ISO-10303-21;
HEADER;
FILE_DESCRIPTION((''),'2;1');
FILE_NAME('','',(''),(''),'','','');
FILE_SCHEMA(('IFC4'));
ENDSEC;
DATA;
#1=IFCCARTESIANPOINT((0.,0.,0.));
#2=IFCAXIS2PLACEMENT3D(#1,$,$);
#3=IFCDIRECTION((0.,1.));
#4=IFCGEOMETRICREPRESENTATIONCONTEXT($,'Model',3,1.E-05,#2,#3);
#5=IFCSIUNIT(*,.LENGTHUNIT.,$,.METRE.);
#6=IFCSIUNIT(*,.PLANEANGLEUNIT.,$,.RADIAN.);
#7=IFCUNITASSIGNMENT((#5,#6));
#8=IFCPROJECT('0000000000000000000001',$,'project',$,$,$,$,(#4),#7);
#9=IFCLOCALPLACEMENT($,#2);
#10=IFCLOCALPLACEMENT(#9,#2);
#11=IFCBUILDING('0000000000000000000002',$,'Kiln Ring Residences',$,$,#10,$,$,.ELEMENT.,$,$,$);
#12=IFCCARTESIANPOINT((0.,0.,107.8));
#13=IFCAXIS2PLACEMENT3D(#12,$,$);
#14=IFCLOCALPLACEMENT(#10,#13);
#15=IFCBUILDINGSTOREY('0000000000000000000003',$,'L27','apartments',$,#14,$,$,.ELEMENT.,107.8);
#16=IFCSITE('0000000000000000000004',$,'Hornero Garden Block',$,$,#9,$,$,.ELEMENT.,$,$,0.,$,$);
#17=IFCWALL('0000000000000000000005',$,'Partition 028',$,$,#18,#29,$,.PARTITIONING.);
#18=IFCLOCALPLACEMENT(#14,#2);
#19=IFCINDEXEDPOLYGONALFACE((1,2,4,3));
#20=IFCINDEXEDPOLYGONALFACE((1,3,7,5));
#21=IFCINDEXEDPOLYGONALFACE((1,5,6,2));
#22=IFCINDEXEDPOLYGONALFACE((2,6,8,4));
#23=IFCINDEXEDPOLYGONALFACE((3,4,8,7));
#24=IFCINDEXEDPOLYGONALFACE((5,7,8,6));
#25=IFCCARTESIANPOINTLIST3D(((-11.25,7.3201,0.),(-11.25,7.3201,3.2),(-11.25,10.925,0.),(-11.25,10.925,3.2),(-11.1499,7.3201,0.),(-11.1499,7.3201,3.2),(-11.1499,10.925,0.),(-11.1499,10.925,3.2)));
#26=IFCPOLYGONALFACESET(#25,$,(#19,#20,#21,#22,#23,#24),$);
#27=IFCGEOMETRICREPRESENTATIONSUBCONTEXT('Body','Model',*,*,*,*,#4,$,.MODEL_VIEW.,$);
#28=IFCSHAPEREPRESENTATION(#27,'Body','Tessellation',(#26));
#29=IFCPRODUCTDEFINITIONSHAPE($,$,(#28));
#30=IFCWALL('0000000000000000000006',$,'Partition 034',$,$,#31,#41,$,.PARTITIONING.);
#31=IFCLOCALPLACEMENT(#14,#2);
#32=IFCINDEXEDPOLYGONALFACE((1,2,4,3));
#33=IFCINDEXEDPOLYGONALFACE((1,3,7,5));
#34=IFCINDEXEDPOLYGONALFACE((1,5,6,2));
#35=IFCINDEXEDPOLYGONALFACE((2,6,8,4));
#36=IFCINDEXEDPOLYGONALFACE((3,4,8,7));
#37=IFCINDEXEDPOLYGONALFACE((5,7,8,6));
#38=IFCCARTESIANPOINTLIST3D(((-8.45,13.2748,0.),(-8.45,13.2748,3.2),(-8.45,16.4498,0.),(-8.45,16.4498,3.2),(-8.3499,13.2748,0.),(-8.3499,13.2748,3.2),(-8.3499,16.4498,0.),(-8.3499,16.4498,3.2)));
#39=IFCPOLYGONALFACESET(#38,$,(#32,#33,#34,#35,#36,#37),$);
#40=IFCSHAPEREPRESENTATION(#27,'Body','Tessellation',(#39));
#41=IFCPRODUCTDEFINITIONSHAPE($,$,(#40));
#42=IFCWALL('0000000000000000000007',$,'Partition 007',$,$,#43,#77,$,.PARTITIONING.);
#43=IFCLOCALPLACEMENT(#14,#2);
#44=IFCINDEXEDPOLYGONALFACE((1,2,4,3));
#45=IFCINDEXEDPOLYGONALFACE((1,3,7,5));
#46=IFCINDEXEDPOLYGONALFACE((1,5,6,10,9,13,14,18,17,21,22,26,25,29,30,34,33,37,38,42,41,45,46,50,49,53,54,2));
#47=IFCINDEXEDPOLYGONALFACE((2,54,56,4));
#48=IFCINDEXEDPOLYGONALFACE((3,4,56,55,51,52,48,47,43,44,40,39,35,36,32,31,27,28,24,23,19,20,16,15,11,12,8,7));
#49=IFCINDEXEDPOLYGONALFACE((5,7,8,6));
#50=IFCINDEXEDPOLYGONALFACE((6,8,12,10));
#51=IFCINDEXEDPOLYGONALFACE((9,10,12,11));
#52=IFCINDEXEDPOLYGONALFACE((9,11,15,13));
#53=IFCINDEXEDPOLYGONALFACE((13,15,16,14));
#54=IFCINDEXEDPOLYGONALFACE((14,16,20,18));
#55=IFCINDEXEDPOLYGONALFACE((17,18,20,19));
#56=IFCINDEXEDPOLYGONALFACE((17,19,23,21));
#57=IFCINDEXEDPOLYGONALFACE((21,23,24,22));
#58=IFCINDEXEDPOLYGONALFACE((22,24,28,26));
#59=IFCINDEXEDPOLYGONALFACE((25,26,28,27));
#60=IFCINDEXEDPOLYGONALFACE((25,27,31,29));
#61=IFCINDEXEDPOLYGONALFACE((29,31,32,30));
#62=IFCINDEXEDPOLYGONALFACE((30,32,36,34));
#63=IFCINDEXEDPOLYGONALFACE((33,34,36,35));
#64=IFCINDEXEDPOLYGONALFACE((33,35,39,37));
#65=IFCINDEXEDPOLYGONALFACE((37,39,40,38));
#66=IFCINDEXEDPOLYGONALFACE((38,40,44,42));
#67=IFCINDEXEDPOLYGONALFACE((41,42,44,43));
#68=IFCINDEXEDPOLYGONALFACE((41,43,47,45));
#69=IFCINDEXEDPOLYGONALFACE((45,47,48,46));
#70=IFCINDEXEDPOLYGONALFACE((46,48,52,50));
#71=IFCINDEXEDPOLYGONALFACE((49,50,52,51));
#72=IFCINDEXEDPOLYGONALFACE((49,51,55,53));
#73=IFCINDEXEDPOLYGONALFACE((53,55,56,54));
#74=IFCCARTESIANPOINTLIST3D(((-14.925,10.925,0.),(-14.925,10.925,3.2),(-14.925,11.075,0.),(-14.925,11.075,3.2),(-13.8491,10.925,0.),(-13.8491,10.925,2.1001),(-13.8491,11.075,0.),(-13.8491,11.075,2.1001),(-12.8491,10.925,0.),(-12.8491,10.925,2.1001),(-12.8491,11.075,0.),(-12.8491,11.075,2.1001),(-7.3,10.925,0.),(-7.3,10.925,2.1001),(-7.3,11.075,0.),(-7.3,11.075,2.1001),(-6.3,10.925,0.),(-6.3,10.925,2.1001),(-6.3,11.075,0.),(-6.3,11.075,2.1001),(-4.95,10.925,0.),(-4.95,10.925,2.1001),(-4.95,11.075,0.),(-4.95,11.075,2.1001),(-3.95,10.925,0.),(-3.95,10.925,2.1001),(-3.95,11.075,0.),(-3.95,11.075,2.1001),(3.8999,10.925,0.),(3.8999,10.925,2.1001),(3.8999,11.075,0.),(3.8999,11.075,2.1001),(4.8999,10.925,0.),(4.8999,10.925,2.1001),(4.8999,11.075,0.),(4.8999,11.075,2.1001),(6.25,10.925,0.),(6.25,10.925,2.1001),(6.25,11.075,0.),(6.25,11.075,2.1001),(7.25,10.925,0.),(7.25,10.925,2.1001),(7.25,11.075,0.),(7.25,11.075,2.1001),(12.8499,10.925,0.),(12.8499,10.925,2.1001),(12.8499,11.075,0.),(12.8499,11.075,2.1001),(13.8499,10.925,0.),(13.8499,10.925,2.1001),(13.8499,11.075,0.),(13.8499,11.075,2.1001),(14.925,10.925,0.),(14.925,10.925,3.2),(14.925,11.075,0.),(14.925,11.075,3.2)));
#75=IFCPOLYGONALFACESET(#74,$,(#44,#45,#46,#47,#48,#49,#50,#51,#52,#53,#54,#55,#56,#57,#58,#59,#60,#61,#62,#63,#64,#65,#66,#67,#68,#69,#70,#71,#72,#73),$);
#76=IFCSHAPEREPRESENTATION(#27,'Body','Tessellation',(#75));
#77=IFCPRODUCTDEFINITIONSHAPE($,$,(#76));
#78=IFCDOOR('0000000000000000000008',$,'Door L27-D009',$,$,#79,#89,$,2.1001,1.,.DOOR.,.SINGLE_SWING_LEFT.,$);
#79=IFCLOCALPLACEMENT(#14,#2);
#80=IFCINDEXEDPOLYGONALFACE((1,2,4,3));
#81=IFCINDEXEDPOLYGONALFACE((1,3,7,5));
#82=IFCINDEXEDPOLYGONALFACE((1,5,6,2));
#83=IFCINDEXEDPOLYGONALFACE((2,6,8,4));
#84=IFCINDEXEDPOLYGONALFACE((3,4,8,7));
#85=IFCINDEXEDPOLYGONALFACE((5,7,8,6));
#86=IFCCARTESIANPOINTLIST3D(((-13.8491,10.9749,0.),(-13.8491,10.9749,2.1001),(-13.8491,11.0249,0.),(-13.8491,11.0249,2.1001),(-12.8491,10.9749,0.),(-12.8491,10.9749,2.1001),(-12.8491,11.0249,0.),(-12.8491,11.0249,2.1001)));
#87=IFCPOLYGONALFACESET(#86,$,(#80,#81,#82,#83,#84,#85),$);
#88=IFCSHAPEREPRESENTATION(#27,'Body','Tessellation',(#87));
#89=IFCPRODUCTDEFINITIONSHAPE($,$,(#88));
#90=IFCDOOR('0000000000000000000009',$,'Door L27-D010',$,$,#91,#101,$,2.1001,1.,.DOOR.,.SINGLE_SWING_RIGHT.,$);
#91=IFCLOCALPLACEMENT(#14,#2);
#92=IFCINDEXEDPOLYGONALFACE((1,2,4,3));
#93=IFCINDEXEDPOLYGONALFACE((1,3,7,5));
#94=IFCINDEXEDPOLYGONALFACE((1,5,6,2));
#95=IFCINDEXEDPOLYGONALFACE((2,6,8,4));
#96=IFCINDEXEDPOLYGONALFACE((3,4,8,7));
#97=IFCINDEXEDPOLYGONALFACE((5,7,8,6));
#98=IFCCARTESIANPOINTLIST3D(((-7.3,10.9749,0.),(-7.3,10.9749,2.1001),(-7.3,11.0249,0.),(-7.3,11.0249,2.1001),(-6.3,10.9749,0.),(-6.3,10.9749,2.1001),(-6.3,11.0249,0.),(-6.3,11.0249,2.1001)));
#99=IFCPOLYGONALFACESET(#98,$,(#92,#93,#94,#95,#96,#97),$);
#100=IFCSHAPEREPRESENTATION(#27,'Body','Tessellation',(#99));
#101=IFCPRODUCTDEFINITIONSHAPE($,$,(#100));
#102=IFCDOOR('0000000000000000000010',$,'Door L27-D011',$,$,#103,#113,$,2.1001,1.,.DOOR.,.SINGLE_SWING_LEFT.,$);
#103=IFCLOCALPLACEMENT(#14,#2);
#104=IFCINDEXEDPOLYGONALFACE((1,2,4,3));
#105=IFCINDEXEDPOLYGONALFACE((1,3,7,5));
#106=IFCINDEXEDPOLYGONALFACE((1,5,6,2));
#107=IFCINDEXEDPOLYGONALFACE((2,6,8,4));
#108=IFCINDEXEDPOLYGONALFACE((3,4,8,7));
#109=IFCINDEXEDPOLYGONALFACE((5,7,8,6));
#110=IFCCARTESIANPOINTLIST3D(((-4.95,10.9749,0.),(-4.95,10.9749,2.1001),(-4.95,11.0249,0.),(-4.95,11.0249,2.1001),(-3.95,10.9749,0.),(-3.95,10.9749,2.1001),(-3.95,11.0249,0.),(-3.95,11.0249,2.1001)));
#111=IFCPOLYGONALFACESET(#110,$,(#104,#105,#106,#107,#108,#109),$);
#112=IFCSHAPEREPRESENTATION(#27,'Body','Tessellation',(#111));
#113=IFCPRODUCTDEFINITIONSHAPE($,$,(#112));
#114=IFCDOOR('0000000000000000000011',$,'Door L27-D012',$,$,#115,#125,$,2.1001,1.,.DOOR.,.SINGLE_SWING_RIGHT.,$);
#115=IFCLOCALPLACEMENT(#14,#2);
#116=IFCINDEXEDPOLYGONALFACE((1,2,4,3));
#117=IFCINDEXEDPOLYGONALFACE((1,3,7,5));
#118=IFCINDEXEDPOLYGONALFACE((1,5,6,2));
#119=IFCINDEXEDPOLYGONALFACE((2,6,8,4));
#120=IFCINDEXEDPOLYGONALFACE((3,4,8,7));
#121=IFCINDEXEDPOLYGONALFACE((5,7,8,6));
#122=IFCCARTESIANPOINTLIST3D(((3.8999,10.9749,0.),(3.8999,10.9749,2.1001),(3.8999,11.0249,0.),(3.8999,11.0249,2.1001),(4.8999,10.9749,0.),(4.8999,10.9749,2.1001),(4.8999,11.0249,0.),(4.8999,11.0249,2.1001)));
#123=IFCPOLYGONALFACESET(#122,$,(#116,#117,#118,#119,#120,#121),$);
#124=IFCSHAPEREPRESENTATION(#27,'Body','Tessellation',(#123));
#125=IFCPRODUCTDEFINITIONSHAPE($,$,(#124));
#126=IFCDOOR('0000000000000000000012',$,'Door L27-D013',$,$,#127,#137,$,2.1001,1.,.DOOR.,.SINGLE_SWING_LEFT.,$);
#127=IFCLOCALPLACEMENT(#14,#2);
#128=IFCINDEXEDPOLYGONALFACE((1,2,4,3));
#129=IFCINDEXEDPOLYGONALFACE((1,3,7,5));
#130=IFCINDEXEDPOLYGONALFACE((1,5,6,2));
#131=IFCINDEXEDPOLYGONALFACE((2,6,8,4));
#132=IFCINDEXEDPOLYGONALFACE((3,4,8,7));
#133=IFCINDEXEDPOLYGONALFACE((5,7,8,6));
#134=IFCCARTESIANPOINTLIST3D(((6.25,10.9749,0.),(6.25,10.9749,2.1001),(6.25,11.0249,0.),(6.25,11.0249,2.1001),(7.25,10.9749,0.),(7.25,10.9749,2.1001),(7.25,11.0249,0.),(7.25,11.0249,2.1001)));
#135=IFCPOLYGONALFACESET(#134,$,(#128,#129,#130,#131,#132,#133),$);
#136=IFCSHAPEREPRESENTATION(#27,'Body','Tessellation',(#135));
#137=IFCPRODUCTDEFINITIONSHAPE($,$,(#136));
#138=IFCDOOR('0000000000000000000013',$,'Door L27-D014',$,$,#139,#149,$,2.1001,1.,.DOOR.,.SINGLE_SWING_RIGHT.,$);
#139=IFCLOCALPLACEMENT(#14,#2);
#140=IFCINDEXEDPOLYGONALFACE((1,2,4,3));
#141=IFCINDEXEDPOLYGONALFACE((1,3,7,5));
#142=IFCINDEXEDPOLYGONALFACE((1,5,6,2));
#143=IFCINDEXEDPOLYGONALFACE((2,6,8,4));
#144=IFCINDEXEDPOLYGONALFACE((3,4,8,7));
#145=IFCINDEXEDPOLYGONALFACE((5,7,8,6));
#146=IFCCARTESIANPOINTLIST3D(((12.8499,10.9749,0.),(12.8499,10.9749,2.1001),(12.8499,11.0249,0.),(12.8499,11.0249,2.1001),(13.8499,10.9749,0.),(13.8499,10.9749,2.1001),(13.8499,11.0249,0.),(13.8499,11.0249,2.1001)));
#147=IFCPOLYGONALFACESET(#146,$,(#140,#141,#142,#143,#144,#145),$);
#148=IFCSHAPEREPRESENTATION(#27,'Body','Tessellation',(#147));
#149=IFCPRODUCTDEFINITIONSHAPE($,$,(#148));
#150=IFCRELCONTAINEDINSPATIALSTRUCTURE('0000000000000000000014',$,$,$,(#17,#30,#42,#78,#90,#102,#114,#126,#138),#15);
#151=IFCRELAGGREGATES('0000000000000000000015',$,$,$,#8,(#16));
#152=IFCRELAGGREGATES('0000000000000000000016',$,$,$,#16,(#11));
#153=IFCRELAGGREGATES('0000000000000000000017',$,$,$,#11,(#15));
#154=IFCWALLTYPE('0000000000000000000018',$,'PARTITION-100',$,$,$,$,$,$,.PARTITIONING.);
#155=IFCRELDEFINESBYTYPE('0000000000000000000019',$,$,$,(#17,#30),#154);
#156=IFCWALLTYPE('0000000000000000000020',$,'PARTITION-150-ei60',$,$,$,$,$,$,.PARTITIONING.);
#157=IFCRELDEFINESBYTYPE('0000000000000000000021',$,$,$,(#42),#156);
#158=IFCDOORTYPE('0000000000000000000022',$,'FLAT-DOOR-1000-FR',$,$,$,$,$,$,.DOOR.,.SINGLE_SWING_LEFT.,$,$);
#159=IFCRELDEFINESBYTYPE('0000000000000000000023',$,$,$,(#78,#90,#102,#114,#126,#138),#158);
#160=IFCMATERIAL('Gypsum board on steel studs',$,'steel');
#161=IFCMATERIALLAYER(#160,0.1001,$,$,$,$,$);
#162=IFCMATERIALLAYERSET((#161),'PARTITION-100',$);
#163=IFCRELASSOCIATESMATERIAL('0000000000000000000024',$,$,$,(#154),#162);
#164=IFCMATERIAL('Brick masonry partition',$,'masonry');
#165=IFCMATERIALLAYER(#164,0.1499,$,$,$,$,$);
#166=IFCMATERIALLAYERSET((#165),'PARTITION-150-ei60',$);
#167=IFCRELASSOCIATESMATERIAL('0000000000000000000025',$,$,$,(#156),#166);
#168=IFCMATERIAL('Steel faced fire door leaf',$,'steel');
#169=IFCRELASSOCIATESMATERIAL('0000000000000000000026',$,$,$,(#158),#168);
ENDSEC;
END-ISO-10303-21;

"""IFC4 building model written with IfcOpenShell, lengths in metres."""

from ifc_helpers import new_model, si_unit, direction, frame, frame_2d, origin, place, context, subcontext, project, spatial, rectangle, extrude, material, layer, layer_set, type_object, element, fill, save


model = new_model("IFC4")

# Units and contexts
model_context = context("Model", 3, precision=1e-05, world=origin(), true_north=direction((0.0, 1.0)))
body_context = subcontext(model_context, "Body", "Model", "MODEL_VIEW")
ifc_project = project(units=[si_unit("LENGTHUNIT", "METRE"), si_unit("PLANEANGLEUNIT", "RADIAN")], contexts=[model_context])

# Site, building, storey
site_placement = place(None, origin())
site = spatial("IfcSite", under=ifc_project, at=site_placement, Name="Hornero Garden Block", CompositionType="ELEMENT", RefElevation=0.0)
building_placement = place(site_placement, origin())
building = spatial("IfcBuilding", under=site, at=building_placement, Name="Kiln Ring Residences", CompositionType="ELEMENT")
storey_placement = place(building_placement, frame((0.0, 0.0, 107.8)))
storey = spatial("IfcBuildingStorey", under=building, at=storey_placement, Name="L27", Description="apartments", CompositionType="ELEMENT", Elevation=107.8)

# Walls
ifc_material_1 = material(Name="Gypsum board on steel studs", Category="steel")
ifc_layer_1 = layer(ifc_material_1, 0.1001)
ifc_layer_set_1 = layer_set([ifc_layer_1], Name="PARTITION-100")
wall_type_1 = type_object("IfcWallType", Name="PARTITION-100", PredefinedType="PARTITIONING", material=ifc_layer_set_1)
wall_1_placement = place(storey_placement, frame((-11.2, 7.3201, 0.0), z_axis=(0.0, 0.0, 1.0), x_axis=(0.0, 1.0, 0.0)))
element("IfcWall", 1, at=wall_1_placement, inside=storey, type_object=wall_type_1, Name="Partition 028", PredefinedType="PARTITIONING", context=body_context, shape_type="SweptSolid", body=[
    extrude(rectangle(XDim=3.605, YDim=0.1001, at=frame_2d((1.8025, 0.0))), origin(), (0.0, 0.0, 1.0), 3.2),
])
wall_2_placement = place(storey_placement, frame((-8.3999, 13.2749, 0.0), z_axis=(0.0, 0.0, 1.0), x_axis=(0.0, 1.0, 0.0)))
element("IfcWall", 2, at=wall_2_placement, inside=storey, type_object=wall_type_1, Name="Partition 034", PredefinedType="PARTITIONING", context=body_context, shape_type="SweptSolid", body=[
    extrude(rectangle(XDim=3.175, YDim=0.1001, at=frame_2d((1.5874, 0.0))), origin(), (0.0, 0.0, 1.0), 3.2),
])

# Wall, openings, doors
ifc_material_2 = material(Name="Brick masonry partition", Category="masonry")
ifc_layer_2 = layer(ifc_material_2, 0.1499)
ifc_layer_set_2 = layer_set([ifc_layer_2], Name="PARTITION-150-ei60")
wall_type_2 = type_object("IfcWallType", Name="PARTITION-150-ei60", PredefinedType="PARTITIONING", material=ifc_layer_set_2)
wall_3_placement = place(storey_placement, frame((-14.925, 11.0, 0.0), z_axis=(0.0, 0.0, 1.0), x_axis=(1.0, 0.0, 0.0)))
wall_3 = element("IfcWall", 3, at=wall_3_placement, inside=storey, type_object=wall_type_2, Name="Partition 007", PredefinedType="PARTITIONING", context=body_context, shape_type="SweptSolid", body=[
    extrude(rectangle(XDim=29.8501, YDim=0.1499, at=frame_2d((14.925, 0.0))), origin(), (0.0, 0.0, 1.0), 3.2),
])
opening_1_placement = place(wall_3_placement, frame((1.0759, 0.0, 0.0)))
opening_1 = element("IfcOpeningElement", 4, at=opening_1_placement, cuts=wall_3, PredefinedType="OPENING", context=body_context, shape_type="SweptSolid", body=[
    extrude(rectangle(XDim=1.0, YDim=2.1001, at=frame_2d((0.5, 1.05))), frame((0.0, 0.085, 0.0), z_axis=(0.0, -1.0, 0.0), x_axis=(1.0, 0.0, 0.0)), (0.0, 0.0, 1.0), 0.1699),
])
opening_2_placement = place(wall_3_placement, frame((7.625, 0.0, 0.0)))
opening_2 = element("IfcOpeningElement", 5, at=opening_2_placement, cuts=wall_3, PredefinedType="OPENING", context=body_context, shape_type="SweptSolid", body=[
    extrude(rectangle(XDim=1.0, YDim=2.1001, at=frame_2d((0.5, 1.05))), frame((0.0, 0.085, 0.0), z_axis=(0.0, -1.0, 0.0), x_axis=(1.0, 0.0, 0.0)), (0.0, 0.0, 1.0), 0.1699),
])
opening_3_placement = place(wall_3_placement, frame((9.9751, 0.0, 0.0)))
opening_3 = element("IfcOpeningElement", 6, at=opening_3_placement, cuts=wall_3, PredefinedType="OPENING", context=body_context, shape_type="SweptSolid", body=[
    extrude(rectangle(XDim=1.0, YDim=2.1001, at=frame_2d((0.5, 1.05))), frame((0.0, 0.085, 0.0), z_axis=(0.0, -1.0, 0.0), x_axis=(1.0, 0.0, 0.0)), (0.0, 0.0, 1.0), 0.1699),
])
opening_4_placement = place(wall_3_placement, frame((18.825, 0.0, 0.0)))
opening_4 = element("IfcOpeningElement", 7, at=opening_4_placement, cuts=wall_3, PredefinedType="OPENING", context=body_context, shape_type="SweptSolid", body=[
    extrude(rectangle(XDim=1.0, YDim=2.1001, at=frame_2d((0.5, 1.05))), frame((0.0, 0.085, 0.0), z_axis=(0.0, -1.0, 0.0), x_axis=(1.0, 0.0, 0.0)), (0.0, 0.0, 1.0), 0.1699),
])
opening_5_placement = place(wall_3_placement, frame((21.175, 0.0, 0.0)))
opening_5 = element("IfcOpeningElement", 8, at=opening_5_placement, cuts=wall_3, PredefinedType="OPENING", context=body_context, shape_type="SweptSolid", body=[
    extrude(rectangle(XDim=1.0, YDim=2.1001, at=frame_2d((0.5, 1.05))), frame((0.0, 0.085, 0.0), z_axis=(0.0, -1.0, 0.0), x_axis=(1.0, 0.0, 0.0)), (0.0, 0.0, 1.0), 0.1699),
])
opening_6_placement = place(wall_3_placement, frame((27.7749, 0.0, 0.0)))
opening_6 = element("IfcOpeningElement", 9, at=opening_6_placement, cuts=wall_3, PredefinedType="OPENING", context=body_context, shape_type="SweptSolid", body=[
    extrude(rectangle(XDim=1.0, YDim=2.1001, at=frame_2d((0.5, 1.05))), frame((0.0, 0.085, 0.0), z_axis=(0.0, -1.0, 0.0), x_axis=(1.0, 0.0, 0.0)), (0.0, 0.0, 1.0), 0.1699),
])
ifc_material_3 = material(Name="Steel faced fire door leaf", Category="steel")
door_type = type_object("IfcDoorType", Name="FLAT-DOOR-1000-FR", OperationType="SINGLE_SWING_LEFT", PredefinedType="DOOR", material=ifc_material_3)
door_1_placement = place(opening_1_placement, origin())
door_1 = element("IfcDoor", 10, at=door_1_placement, inside=storey, type_object=door_type, Name="Door L27-D009", OperationType="SINGLE_SWING_LEFT", OverallHeight=2.1001, OverallWidth=1.0, PredefinedType="DOOR", context=body_context, shape_type="SweptSolid", body=[
    extrude(rectangle(XDim=1.0, YDim=2.1001, at=frame_2d((0.5, 1.05))), frame((0.0, 0.0249, 0.0), z_axis=(0.0, -1.0, 0.0), x_axis=(1.0, 0.0, 0.0)), (0.0, 0.0, 1.0), 0.05),
])
fill(opening_1, door_1)
door_2_placement = place(opening_2_placement, origin())
door_2 = element("IfcDoor", 11, at=door_2_placement, inside=storey, type_object=door_type, Name="Door L27-D010", OperationType="SINGLE_SWING_RIGHT", OverallHeight=2.1001, OverallWidth=1.0, PredefinedType="DOOR", context=body_context, shape_type="SweptSolid", body=[
    extrude(rectangle(XDim=1.0, YDim=2.1001, at=frame_2d((0.5, 1.05))), frame((0.0, 0.0249, 0.0), z_axis=(0.0, -1.0, 0.0), x_axis=(1.0, 0.0, 0.0)), (0.0, 0.0, 1.0), 0.05),
])
fill(opening_2, door_2)
door_3_placement = place(opening_3_placement, origin())
door_3 = element("IfcDoor", 12, at=door_3_placement, inside=storey, type_object=door_type, Name="Door L27-D011", OperationType="SINGLE_SWING_LEFT", OverallHeight=2.1001, OverallWidth=1.0, PredefinedType="DOOR", context=body_context, shape_type="SweptSolid", body=[
    extrude(rectangle(XDim=1.0, YDim=2.1001, at=frame_2d((0.5, 1.05))), frame((0.0, 0.0249, 0.0), z_axis=(0.0, -1.0, 0.0), x_axis=(1.0, 0.0, 0.0)), (0.0, 0.0, 1.0), 0.05),
])
fill(opening_3, door_3)
door_4_placement = place(opening_4_placement, origin())
door_4 = element("IfcDoor", 13, at=door_4_placement, inside=storey, type_object=door_type, Name="Door L27-D012", OperationType="SINGLE_SWING_RIGHT", OverallHeight=2.1001, OverallWidth=1.0, PredefinedType="DOOR", context=body_context, shape_type="SweptSolid", body=[
    extrude(rectangle(XDim=1.0, YDim=2.1001, at=frame_2d((0.5, 1.05))), frame((0.0, 0.0249, 0.0), z_axis=(0.0, -1.0, 0.0), x_axis=(1.0, 0.0, 0.0)), (0.0, 0.0, 1.0), 0.05),
])
fill(opening_4, door_4)
door_5_placement = place(opening_5_placement, origin())
door_5 = element("IfcDoor", 14, at=door_5_placement, inside=storey, type_object=door_type, Name="Door L27-D013", OperationType="SINGLE_SWING_LEFT", OverallHeight=2.1001, OverallWidth=1.0, PredefinedType="DOOR", context=body_context, shape_type="SweptSolid", body=[
    extrude(rectangle(XDim=1.0, YDim=2.1001, at=frame_2d((0.5, 1.05))), frame((0.0, 0.0249, 0.0), z_axis=(0.0, -1.0, 0.0), x_axis=(1.0, 0.0, 0.0)), (0.0, 0.0, 1.0), 0.05),
])
fill(opening_5, door_5)
door_6_placement = place(opening_6_placement, origin())
door_6 = element("IfcDoor", 15, at=door_6_placement, inside=storey, type_object=door_type, Name="Door L27-D014", OperationType="SINGLE_SWING_RIGHT", OverallHeight=2.1001, OverallWidth=1.0, PredefinedType="DOOR", context=body_context, shape_type="SweptSolid", body=[
    extrude(rectangle(XDim=1.0, YDim=2.1001, at=frame_2d((0.5, 1.05))), frame((0.0, 0.0249, 0.0), z_axis=(0.0, -1.0, 0.0), x_axis=(1.0, 0.0, 0.0)), (0.0, 0.0, 1.0), 0.05),
])
fill(opening_6, door_6)

save(model, "model.ifc")
